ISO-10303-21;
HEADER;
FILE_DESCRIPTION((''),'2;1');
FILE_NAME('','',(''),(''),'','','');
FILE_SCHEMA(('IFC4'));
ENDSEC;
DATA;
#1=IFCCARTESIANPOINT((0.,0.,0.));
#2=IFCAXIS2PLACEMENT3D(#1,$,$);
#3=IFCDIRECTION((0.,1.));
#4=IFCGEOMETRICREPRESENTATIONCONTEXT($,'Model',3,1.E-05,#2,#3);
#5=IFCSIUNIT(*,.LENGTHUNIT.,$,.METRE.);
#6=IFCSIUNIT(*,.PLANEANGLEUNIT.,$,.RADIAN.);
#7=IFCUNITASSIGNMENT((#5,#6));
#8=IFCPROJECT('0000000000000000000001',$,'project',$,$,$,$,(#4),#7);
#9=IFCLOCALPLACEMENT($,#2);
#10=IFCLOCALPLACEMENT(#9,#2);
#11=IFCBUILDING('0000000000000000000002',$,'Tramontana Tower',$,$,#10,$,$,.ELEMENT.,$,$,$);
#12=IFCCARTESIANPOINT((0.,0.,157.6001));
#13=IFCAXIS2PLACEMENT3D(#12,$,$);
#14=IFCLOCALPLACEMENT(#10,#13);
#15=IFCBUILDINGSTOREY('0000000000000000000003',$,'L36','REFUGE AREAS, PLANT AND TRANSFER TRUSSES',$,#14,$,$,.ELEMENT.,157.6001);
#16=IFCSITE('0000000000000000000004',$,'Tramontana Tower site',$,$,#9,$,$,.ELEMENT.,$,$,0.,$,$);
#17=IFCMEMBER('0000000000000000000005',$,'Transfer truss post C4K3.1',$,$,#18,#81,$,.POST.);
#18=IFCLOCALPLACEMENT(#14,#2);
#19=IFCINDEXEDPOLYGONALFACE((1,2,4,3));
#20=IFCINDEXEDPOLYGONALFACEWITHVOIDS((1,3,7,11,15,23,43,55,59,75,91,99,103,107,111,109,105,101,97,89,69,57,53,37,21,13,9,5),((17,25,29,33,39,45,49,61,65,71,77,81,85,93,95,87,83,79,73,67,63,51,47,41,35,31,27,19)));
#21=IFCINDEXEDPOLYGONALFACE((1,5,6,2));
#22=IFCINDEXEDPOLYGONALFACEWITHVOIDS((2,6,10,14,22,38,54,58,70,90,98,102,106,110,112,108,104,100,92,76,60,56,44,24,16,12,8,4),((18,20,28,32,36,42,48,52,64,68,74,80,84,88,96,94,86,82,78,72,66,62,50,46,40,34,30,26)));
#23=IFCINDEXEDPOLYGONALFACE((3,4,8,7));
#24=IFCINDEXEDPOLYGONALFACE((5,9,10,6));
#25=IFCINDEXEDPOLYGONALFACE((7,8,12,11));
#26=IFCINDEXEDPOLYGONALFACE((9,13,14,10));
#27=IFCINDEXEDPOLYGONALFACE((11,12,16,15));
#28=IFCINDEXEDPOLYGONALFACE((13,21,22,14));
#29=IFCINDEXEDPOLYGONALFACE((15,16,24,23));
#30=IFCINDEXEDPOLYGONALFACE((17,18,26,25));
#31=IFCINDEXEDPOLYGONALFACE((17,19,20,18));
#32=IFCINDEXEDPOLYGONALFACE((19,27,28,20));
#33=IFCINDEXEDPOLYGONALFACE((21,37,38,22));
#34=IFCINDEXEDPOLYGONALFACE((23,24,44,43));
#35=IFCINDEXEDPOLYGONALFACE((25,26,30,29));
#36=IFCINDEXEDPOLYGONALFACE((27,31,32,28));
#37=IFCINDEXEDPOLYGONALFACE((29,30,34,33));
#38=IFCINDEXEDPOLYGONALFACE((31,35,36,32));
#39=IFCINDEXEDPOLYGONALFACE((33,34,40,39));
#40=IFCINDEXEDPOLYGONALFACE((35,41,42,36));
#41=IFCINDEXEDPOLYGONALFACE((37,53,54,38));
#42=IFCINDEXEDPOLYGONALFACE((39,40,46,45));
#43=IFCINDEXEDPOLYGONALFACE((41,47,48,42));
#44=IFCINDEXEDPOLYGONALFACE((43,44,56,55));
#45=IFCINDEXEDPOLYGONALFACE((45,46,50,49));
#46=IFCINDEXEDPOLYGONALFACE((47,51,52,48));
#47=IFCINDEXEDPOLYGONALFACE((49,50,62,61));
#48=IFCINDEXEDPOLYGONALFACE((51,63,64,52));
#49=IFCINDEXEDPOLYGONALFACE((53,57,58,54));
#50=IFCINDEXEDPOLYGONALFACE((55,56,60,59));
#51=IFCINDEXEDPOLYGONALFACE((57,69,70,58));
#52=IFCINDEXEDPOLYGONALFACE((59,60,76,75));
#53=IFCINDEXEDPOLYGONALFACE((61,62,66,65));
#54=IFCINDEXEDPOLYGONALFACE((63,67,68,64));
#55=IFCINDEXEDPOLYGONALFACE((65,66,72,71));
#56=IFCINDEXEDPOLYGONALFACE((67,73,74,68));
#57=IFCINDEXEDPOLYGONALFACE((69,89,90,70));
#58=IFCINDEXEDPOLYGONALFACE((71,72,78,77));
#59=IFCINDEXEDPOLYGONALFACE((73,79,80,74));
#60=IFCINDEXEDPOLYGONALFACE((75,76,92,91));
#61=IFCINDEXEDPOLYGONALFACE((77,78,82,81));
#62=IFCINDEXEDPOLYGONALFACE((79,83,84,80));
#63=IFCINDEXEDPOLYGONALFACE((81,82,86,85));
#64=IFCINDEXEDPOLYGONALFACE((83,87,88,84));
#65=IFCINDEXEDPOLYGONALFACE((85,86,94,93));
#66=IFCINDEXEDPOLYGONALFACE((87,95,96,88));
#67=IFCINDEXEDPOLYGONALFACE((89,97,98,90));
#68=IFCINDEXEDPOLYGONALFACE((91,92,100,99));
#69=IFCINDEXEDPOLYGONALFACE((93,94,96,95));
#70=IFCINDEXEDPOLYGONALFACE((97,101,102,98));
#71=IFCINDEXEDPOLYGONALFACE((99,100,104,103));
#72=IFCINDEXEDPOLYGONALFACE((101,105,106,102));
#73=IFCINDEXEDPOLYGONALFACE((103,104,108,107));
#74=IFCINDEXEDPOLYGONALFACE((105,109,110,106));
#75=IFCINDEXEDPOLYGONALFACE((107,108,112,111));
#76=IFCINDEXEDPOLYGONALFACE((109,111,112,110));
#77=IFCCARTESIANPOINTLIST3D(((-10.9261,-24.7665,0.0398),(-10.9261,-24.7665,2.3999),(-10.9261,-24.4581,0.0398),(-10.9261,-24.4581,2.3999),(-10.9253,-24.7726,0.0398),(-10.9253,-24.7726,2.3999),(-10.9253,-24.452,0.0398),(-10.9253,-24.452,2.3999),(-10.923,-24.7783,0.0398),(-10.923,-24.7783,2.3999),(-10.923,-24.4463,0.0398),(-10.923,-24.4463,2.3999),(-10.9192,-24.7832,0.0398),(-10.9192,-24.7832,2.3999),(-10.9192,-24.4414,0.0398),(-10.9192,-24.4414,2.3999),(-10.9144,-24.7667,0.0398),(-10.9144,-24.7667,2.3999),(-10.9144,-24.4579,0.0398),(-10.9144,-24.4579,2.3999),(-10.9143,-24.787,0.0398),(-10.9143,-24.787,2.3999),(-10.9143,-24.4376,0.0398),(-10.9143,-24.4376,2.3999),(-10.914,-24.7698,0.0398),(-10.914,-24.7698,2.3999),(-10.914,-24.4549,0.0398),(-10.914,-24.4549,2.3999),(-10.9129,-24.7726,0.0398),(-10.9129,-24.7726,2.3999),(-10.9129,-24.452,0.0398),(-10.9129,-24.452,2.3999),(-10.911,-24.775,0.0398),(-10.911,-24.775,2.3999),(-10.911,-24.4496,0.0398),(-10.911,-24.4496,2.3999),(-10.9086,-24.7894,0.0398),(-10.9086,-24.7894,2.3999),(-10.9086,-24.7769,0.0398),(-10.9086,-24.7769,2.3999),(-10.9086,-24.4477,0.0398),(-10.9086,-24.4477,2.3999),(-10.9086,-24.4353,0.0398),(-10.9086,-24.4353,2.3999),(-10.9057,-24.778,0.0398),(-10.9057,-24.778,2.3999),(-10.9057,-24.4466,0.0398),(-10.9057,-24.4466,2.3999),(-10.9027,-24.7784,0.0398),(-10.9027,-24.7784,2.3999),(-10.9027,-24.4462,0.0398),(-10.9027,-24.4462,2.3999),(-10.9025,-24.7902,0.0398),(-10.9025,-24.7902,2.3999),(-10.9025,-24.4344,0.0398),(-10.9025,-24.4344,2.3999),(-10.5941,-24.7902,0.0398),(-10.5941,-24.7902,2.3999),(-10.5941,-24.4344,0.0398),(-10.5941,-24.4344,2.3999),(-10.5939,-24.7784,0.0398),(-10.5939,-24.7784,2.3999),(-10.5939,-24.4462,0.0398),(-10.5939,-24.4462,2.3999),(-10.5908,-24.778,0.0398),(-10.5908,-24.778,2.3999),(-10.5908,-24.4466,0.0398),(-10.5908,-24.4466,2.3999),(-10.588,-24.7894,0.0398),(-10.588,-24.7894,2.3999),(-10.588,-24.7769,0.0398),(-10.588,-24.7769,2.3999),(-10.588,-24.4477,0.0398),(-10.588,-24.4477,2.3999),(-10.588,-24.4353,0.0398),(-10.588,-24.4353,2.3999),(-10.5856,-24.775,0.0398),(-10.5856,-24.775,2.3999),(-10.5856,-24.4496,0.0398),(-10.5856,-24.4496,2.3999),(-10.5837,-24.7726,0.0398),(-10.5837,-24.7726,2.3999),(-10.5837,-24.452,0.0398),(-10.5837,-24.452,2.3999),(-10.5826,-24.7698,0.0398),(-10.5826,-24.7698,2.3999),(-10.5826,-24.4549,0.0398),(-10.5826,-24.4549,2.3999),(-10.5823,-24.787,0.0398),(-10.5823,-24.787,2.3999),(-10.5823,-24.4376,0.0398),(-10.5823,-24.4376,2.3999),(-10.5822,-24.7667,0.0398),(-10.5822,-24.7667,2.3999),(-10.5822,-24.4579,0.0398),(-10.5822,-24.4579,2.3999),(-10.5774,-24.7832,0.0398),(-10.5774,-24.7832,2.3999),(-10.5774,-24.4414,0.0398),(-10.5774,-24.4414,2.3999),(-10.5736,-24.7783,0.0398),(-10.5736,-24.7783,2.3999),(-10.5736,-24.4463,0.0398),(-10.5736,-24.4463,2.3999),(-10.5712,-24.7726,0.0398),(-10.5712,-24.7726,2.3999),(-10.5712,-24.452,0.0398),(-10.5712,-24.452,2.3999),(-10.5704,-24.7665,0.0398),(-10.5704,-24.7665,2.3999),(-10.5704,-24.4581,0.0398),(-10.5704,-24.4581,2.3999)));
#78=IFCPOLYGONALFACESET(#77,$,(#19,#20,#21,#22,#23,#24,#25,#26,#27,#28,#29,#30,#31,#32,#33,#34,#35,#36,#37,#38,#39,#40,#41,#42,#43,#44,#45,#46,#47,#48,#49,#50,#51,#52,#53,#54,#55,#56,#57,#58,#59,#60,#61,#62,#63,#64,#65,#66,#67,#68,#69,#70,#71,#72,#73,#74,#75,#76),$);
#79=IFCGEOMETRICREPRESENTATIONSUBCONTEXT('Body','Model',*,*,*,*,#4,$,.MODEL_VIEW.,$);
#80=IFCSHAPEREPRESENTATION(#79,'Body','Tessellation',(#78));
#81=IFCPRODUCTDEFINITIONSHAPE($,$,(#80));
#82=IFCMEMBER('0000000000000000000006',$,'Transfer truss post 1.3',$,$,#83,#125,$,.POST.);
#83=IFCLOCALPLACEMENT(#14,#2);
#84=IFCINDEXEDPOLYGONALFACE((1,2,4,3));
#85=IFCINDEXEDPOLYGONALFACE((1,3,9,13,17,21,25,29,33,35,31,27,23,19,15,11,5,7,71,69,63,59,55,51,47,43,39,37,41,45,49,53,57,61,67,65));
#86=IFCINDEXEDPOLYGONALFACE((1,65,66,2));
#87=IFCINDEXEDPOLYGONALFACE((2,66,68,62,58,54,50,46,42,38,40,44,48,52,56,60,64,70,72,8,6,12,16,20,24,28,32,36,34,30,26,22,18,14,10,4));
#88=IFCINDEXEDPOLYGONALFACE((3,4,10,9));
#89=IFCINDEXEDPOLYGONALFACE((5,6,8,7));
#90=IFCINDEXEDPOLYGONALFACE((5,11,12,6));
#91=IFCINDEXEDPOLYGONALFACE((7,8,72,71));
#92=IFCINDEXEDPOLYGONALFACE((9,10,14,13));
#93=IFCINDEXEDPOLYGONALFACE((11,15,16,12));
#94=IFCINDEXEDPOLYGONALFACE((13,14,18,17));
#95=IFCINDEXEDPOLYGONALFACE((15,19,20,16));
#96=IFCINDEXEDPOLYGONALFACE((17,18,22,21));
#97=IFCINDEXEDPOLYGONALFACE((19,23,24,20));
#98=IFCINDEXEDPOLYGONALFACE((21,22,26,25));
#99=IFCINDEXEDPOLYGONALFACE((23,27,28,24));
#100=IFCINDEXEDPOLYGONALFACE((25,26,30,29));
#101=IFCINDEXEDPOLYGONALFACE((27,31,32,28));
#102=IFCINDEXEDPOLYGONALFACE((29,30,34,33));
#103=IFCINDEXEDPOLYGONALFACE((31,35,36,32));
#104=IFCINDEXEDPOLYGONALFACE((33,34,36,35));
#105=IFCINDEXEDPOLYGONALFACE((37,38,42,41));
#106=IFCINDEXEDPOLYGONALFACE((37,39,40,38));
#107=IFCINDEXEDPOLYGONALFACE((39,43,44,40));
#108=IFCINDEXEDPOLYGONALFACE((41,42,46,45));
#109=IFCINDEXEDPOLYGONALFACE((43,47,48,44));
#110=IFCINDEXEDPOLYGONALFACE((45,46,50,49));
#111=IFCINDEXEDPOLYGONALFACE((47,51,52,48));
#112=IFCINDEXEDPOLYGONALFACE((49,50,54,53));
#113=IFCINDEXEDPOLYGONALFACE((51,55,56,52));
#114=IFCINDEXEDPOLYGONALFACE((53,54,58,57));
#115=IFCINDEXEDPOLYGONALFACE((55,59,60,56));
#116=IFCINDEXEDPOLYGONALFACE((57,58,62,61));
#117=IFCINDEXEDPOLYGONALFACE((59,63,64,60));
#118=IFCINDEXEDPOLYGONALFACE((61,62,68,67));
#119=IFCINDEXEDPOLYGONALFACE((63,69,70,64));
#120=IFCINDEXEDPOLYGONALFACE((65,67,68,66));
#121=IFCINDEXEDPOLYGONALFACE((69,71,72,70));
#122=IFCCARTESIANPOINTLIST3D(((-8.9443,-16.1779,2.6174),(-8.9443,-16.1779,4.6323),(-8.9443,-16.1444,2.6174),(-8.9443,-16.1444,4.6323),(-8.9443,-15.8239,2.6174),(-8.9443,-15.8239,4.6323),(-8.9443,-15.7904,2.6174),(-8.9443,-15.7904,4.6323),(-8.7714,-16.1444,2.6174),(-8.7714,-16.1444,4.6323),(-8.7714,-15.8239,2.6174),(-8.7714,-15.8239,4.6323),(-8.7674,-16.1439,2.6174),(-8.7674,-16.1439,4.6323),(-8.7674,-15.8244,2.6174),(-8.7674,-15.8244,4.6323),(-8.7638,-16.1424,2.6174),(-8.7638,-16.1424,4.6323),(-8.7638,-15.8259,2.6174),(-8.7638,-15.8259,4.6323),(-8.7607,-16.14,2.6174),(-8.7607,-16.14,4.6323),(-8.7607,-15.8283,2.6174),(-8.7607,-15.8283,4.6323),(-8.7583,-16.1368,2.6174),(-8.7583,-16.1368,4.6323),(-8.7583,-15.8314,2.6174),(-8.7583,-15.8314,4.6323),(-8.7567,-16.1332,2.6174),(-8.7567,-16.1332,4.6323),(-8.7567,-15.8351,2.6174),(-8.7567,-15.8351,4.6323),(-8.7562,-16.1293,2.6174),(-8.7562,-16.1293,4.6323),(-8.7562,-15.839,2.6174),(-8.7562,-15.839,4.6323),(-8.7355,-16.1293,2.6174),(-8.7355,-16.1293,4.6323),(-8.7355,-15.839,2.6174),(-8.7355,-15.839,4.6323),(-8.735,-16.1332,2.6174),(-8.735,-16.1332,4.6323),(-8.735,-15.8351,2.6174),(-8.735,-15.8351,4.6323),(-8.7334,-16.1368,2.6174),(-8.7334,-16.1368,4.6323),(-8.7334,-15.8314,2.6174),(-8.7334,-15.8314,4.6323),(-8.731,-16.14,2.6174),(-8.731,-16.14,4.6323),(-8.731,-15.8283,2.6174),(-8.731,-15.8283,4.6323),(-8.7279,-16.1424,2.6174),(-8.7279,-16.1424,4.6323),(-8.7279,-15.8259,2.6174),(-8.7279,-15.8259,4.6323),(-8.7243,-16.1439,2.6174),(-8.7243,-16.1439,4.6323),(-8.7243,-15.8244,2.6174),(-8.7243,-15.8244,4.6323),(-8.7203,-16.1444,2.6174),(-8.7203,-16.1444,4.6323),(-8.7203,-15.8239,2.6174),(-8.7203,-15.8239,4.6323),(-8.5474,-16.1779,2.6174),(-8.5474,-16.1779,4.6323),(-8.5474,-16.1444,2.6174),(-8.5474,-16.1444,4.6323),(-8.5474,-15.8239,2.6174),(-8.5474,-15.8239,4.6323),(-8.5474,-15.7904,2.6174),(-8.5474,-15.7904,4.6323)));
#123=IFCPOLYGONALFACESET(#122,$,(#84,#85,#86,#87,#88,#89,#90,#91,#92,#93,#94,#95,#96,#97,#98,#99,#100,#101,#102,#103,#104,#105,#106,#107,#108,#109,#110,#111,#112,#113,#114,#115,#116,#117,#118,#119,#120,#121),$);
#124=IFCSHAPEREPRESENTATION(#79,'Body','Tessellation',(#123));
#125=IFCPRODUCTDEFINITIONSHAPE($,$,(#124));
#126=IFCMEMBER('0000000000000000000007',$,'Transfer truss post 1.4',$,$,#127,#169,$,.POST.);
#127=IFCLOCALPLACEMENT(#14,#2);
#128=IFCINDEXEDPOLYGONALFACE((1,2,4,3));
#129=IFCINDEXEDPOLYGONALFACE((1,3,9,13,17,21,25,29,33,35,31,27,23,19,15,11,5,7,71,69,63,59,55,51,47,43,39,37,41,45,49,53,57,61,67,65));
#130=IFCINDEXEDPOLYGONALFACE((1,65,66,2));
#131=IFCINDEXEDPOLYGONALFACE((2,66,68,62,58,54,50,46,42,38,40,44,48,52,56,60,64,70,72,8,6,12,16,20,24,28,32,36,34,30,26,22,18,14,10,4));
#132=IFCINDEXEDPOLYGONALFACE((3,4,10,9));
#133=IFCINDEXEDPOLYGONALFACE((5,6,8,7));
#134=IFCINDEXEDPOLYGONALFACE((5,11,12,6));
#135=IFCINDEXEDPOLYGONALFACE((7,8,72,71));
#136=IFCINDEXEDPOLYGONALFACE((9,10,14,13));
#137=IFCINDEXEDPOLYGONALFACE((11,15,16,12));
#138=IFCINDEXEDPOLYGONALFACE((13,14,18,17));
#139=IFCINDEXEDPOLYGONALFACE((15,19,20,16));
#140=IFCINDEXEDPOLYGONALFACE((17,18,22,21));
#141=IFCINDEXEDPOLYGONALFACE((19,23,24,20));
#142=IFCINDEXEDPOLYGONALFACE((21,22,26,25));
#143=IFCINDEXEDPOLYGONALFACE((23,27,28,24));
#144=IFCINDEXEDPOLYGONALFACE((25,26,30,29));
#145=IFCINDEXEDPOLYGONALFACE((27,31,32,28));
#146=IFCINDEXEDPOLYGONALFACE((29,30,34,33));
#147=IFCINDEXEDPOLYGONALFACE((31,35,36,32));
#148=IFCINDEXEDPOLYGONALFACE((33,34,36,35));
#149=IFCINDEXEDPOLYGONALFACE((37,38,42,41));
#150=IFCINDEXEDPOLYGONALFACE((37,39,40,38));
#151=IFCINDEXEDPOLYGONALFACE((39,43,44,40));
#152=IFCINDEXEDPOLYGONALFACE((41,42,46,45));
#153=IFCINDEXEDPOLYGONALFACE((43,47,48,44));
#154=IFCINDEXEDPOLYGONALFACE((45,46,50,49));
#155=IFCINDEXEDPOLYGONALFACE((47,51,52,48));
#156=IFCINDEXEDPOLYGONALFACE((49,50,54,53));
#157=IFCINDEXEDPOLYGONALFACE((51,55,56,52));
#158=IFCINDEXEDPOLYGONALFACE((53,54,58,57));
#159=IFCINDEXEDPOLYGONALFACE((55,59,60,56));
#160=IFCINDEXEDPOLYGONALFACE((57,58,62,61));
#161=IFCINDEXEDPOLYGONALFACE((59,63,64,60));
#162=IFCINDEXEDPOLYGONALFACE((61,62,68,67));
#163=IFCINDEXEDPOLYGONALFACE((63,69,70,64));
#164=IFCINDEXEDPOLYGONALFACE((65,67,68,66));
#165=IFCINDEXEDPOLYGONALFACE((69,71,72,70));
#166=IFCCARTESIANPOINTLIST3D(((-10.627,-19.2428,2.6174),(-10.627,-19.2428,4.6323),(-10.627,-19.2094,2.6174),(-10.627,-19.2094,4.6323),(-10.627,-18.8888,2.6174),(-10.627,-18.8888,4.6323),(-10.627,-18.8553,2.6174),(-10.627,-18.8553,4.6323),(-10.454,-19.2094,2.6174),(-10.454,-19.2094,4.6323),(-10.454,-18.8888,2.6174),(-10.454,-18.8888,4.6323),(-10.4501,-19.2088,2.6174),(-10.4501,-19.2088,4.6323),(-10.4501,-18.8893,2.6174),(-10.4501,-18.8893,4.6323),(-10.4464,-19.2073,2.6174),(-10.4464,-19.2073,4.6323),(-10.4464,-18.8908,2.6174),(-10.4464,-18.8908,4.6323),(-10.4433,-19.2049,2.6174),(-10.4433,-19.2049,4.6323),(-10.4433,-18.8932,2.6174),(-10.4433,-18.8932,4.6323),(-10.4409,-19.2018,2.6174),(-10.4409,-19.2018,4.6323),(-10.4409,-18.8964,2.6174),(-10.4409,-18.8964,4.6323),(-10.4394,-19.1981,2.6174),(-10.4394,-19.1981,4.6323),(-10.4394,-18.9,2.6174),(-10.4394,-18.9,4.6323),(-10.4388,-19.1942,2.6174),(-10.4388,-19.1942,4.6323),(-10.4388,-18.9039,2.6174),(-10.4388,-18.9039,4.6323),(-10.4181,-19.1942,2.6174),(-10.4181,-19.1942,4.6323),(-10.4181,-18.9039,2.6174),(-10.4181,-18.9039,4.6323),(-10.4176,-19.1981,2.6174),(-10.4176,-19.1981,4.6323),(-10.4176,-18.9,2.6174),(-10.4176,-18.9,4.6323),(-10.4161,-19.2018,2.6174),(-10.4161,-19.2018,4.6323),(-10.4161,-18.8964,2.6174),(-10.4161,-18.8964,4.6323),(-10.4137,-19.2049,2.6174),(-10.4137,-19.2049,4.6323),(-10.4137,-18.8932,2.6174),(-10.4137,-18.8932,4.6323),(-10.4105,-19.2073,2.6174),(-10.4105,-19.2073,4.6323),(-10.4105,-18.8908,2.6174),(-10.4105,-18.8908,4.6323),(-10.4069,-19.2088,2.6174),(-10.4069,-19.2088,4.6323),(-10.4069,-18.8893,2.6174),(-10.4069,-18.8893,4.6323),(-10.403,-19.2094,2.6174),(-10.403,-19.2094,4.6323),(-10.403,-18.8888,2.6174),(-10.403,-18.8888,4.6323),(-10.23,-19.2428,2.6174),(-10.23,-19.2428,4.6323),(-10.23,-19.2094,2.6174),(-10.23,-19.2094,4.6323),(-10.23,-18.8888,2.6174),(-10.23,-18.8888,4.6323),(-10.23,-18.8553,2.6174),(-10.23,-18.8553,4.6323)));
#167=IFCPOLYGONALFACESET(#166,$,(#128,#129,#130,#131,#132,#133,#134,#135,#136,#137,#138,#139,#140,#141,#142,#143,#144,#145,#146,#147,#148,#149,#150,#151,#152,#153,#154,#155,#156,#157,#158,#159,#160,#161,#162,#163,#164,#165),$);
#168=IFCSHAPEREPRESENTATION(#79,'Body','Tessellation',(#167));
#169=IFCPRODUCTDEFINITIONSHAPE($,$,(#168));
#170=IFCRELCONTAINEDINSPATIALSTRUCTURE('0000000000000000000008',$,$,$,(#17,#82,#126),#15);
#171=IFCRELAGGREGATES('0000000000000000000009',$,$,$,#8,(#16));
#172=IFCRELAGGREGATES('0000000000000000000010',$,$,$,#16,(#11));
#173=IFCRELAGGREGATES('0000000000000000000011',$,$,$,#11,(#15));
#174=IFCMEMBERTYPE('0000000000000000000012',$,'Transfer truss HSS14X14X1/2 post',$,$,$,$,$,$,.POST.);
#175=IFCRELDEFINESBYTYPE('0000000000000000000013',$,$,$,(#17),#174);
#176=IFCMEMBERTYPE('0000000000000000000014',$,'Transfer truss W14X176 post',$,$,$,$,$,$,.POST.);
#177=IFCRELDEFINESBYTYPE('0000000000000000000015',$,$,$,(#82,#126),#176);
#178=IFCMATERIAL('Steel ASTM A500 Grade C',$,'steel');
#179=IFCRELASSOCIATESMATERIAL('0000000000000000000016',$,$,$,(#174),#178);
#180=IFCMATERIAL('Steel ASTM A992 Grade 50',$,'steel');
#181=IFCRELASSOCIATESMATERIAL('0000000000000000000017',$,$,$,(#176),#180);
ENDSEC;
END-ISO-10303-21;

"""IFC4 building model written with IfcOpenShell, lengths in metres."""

from ifc_helpers import new_model, si_unit, direction, frame, origin, origin_2d, place, context, subcontext, project, spatial, hollow_rectangle, i_section, extrude, material, material_profile, profile_set, type_object, element, save


model = new_model("IFC4")

# Units and contexts
model_context = context("Model", 3, precision=1e-05, world=origin(), true_north=direction((0.0, 1.0)))
body_context = subcontext(model_context, "Body", "Model", "MODEL_VIEW")
ifc_project = project(units=[si_unit("LENGTHUNIT", "METRE"), si_unit("PLANEANGLEUNIT", "RADIAN")], contexts=[model_context])

# Site, building, storey
site_placement = place(None, origin())
site = spatial("IfcSite", under=ifc_project, at=site_placement, Name="Tramontana Tower site", CompositionType="ELEMENT", RefElevation=0.0)
building_placement = place(site_placement, origin())
building = spatial("IfcBuilding", under=site, at=building_placement, Name="Tramontana Tower", CompositionType="ELEMENT")
storey_placement = place(building_placement, frame((0.0, 0.0, 157.6001)))
storey = spatial("IfcBuildingStorey", under=building, at=storey_placement, Name="L36", Description="REFUGE AREAS, PLANT AND TRANSFER TRUSSES", CompositionType="ELEMENT", Elevation=157.6001)

# Members
ifc_material_1 = material(Name="Steel ASTM A500 Grade C", Category="steel")
ifc_material_profile_1 = material_profile(ifc_material_1, hollow_rectangle(XDim=0.3557, YDim=0.3557, WallThickness=0.0117, InnerFilletRadius=0.0117, OuterFilletRadius=0.0237, at=origin_2d()), Name="HSS14X14X1/2")
ifc_profile_set_1 = profile_set([ifc_material_profile_1], Name="Steel ASTM A500 Grade C")
member_type_1 = type_object("IfcMemberType", Name="Transfer truss HSS14X14X1/2 post", PredefinedType="POST", material=ifc_profile_set_1)
member_1_placement = place(storey_placement, frame((-10.7483, -24.6123, 0.0398), z_axis=(0.0, 0.0, 1.0), x_axis=(1.0, 0.0, 0.0)))
element("IfcMember", 1, at=member_1_placement, inside=storey, type_object=member_type_1, Name="Transfer truss post C4K3.1", PredefinedType="POST", context=body_context, shape_type="SweptSolid", body=[
    extrude(hollow_rectangle(XDim=0.3557, YDim=0.3557, WallThickness=0.0117, InnerFilletRadius=0.0117, OuterFilletRadius=0.0237, at=origin_2d()), origin(), (0.0, 0.0, 1.0), 2.3601),
])
ifc_material_2 = material(Name="Steel ASTM A992 Grade 50", Category="steel")
ifc_material_profile_2 = material_profile(ifc_material_2, i_section(OverallWidth=0.397, OverallDepth=0.3875, WebThickness=0.0208, FlangeThickness=0.0334, FilletRadius=0.0151, at=origin_2d()), Name="W14X176")
ifc_profile_set_2 = profile_set([ifc_material_profile_2], Name="Steel ASTM A992 Grade 50")
member_type_2 = type_object("IfcMemberType", Name="Transfer truss W14X176 post", PredefinedType="POST", material=ifc_profile_set_2)
for number, where, z_axis, x_axis, name in (
    (2, (-8.7458, -15.9841, 2.6174), (0.0, 0.0, 1.0), (1.0, 0.0, 0.0), "Transfer truss post 1.3"),
    (3, (-10.4285, -19.0491, 2.6174), (0.0, 0.0, 1.0), (1.0, 0.0, 0.0), "Transfer truss post 1.4"),
):
    element("IfcMember", number, at=place(storey_placement, frame(where, z_axis=z_axis, x_axis=x_axis)), inside=storey, type_object=member_type_2, Name=name, PredefinedType="POST", context=body_context, shape_type="SweptSolid", body=[
        extrude(i_section(OverallWidth=0.397, OverallDepth=0.3875, WebThickness=0.0208, FlangeThickness=0.0334, FilletRadius=0.0151, at=origin_2d()), origin(), (0.0, 0.0, 1.0), 2.0149),
    ])

save(model, "model.ifc")
